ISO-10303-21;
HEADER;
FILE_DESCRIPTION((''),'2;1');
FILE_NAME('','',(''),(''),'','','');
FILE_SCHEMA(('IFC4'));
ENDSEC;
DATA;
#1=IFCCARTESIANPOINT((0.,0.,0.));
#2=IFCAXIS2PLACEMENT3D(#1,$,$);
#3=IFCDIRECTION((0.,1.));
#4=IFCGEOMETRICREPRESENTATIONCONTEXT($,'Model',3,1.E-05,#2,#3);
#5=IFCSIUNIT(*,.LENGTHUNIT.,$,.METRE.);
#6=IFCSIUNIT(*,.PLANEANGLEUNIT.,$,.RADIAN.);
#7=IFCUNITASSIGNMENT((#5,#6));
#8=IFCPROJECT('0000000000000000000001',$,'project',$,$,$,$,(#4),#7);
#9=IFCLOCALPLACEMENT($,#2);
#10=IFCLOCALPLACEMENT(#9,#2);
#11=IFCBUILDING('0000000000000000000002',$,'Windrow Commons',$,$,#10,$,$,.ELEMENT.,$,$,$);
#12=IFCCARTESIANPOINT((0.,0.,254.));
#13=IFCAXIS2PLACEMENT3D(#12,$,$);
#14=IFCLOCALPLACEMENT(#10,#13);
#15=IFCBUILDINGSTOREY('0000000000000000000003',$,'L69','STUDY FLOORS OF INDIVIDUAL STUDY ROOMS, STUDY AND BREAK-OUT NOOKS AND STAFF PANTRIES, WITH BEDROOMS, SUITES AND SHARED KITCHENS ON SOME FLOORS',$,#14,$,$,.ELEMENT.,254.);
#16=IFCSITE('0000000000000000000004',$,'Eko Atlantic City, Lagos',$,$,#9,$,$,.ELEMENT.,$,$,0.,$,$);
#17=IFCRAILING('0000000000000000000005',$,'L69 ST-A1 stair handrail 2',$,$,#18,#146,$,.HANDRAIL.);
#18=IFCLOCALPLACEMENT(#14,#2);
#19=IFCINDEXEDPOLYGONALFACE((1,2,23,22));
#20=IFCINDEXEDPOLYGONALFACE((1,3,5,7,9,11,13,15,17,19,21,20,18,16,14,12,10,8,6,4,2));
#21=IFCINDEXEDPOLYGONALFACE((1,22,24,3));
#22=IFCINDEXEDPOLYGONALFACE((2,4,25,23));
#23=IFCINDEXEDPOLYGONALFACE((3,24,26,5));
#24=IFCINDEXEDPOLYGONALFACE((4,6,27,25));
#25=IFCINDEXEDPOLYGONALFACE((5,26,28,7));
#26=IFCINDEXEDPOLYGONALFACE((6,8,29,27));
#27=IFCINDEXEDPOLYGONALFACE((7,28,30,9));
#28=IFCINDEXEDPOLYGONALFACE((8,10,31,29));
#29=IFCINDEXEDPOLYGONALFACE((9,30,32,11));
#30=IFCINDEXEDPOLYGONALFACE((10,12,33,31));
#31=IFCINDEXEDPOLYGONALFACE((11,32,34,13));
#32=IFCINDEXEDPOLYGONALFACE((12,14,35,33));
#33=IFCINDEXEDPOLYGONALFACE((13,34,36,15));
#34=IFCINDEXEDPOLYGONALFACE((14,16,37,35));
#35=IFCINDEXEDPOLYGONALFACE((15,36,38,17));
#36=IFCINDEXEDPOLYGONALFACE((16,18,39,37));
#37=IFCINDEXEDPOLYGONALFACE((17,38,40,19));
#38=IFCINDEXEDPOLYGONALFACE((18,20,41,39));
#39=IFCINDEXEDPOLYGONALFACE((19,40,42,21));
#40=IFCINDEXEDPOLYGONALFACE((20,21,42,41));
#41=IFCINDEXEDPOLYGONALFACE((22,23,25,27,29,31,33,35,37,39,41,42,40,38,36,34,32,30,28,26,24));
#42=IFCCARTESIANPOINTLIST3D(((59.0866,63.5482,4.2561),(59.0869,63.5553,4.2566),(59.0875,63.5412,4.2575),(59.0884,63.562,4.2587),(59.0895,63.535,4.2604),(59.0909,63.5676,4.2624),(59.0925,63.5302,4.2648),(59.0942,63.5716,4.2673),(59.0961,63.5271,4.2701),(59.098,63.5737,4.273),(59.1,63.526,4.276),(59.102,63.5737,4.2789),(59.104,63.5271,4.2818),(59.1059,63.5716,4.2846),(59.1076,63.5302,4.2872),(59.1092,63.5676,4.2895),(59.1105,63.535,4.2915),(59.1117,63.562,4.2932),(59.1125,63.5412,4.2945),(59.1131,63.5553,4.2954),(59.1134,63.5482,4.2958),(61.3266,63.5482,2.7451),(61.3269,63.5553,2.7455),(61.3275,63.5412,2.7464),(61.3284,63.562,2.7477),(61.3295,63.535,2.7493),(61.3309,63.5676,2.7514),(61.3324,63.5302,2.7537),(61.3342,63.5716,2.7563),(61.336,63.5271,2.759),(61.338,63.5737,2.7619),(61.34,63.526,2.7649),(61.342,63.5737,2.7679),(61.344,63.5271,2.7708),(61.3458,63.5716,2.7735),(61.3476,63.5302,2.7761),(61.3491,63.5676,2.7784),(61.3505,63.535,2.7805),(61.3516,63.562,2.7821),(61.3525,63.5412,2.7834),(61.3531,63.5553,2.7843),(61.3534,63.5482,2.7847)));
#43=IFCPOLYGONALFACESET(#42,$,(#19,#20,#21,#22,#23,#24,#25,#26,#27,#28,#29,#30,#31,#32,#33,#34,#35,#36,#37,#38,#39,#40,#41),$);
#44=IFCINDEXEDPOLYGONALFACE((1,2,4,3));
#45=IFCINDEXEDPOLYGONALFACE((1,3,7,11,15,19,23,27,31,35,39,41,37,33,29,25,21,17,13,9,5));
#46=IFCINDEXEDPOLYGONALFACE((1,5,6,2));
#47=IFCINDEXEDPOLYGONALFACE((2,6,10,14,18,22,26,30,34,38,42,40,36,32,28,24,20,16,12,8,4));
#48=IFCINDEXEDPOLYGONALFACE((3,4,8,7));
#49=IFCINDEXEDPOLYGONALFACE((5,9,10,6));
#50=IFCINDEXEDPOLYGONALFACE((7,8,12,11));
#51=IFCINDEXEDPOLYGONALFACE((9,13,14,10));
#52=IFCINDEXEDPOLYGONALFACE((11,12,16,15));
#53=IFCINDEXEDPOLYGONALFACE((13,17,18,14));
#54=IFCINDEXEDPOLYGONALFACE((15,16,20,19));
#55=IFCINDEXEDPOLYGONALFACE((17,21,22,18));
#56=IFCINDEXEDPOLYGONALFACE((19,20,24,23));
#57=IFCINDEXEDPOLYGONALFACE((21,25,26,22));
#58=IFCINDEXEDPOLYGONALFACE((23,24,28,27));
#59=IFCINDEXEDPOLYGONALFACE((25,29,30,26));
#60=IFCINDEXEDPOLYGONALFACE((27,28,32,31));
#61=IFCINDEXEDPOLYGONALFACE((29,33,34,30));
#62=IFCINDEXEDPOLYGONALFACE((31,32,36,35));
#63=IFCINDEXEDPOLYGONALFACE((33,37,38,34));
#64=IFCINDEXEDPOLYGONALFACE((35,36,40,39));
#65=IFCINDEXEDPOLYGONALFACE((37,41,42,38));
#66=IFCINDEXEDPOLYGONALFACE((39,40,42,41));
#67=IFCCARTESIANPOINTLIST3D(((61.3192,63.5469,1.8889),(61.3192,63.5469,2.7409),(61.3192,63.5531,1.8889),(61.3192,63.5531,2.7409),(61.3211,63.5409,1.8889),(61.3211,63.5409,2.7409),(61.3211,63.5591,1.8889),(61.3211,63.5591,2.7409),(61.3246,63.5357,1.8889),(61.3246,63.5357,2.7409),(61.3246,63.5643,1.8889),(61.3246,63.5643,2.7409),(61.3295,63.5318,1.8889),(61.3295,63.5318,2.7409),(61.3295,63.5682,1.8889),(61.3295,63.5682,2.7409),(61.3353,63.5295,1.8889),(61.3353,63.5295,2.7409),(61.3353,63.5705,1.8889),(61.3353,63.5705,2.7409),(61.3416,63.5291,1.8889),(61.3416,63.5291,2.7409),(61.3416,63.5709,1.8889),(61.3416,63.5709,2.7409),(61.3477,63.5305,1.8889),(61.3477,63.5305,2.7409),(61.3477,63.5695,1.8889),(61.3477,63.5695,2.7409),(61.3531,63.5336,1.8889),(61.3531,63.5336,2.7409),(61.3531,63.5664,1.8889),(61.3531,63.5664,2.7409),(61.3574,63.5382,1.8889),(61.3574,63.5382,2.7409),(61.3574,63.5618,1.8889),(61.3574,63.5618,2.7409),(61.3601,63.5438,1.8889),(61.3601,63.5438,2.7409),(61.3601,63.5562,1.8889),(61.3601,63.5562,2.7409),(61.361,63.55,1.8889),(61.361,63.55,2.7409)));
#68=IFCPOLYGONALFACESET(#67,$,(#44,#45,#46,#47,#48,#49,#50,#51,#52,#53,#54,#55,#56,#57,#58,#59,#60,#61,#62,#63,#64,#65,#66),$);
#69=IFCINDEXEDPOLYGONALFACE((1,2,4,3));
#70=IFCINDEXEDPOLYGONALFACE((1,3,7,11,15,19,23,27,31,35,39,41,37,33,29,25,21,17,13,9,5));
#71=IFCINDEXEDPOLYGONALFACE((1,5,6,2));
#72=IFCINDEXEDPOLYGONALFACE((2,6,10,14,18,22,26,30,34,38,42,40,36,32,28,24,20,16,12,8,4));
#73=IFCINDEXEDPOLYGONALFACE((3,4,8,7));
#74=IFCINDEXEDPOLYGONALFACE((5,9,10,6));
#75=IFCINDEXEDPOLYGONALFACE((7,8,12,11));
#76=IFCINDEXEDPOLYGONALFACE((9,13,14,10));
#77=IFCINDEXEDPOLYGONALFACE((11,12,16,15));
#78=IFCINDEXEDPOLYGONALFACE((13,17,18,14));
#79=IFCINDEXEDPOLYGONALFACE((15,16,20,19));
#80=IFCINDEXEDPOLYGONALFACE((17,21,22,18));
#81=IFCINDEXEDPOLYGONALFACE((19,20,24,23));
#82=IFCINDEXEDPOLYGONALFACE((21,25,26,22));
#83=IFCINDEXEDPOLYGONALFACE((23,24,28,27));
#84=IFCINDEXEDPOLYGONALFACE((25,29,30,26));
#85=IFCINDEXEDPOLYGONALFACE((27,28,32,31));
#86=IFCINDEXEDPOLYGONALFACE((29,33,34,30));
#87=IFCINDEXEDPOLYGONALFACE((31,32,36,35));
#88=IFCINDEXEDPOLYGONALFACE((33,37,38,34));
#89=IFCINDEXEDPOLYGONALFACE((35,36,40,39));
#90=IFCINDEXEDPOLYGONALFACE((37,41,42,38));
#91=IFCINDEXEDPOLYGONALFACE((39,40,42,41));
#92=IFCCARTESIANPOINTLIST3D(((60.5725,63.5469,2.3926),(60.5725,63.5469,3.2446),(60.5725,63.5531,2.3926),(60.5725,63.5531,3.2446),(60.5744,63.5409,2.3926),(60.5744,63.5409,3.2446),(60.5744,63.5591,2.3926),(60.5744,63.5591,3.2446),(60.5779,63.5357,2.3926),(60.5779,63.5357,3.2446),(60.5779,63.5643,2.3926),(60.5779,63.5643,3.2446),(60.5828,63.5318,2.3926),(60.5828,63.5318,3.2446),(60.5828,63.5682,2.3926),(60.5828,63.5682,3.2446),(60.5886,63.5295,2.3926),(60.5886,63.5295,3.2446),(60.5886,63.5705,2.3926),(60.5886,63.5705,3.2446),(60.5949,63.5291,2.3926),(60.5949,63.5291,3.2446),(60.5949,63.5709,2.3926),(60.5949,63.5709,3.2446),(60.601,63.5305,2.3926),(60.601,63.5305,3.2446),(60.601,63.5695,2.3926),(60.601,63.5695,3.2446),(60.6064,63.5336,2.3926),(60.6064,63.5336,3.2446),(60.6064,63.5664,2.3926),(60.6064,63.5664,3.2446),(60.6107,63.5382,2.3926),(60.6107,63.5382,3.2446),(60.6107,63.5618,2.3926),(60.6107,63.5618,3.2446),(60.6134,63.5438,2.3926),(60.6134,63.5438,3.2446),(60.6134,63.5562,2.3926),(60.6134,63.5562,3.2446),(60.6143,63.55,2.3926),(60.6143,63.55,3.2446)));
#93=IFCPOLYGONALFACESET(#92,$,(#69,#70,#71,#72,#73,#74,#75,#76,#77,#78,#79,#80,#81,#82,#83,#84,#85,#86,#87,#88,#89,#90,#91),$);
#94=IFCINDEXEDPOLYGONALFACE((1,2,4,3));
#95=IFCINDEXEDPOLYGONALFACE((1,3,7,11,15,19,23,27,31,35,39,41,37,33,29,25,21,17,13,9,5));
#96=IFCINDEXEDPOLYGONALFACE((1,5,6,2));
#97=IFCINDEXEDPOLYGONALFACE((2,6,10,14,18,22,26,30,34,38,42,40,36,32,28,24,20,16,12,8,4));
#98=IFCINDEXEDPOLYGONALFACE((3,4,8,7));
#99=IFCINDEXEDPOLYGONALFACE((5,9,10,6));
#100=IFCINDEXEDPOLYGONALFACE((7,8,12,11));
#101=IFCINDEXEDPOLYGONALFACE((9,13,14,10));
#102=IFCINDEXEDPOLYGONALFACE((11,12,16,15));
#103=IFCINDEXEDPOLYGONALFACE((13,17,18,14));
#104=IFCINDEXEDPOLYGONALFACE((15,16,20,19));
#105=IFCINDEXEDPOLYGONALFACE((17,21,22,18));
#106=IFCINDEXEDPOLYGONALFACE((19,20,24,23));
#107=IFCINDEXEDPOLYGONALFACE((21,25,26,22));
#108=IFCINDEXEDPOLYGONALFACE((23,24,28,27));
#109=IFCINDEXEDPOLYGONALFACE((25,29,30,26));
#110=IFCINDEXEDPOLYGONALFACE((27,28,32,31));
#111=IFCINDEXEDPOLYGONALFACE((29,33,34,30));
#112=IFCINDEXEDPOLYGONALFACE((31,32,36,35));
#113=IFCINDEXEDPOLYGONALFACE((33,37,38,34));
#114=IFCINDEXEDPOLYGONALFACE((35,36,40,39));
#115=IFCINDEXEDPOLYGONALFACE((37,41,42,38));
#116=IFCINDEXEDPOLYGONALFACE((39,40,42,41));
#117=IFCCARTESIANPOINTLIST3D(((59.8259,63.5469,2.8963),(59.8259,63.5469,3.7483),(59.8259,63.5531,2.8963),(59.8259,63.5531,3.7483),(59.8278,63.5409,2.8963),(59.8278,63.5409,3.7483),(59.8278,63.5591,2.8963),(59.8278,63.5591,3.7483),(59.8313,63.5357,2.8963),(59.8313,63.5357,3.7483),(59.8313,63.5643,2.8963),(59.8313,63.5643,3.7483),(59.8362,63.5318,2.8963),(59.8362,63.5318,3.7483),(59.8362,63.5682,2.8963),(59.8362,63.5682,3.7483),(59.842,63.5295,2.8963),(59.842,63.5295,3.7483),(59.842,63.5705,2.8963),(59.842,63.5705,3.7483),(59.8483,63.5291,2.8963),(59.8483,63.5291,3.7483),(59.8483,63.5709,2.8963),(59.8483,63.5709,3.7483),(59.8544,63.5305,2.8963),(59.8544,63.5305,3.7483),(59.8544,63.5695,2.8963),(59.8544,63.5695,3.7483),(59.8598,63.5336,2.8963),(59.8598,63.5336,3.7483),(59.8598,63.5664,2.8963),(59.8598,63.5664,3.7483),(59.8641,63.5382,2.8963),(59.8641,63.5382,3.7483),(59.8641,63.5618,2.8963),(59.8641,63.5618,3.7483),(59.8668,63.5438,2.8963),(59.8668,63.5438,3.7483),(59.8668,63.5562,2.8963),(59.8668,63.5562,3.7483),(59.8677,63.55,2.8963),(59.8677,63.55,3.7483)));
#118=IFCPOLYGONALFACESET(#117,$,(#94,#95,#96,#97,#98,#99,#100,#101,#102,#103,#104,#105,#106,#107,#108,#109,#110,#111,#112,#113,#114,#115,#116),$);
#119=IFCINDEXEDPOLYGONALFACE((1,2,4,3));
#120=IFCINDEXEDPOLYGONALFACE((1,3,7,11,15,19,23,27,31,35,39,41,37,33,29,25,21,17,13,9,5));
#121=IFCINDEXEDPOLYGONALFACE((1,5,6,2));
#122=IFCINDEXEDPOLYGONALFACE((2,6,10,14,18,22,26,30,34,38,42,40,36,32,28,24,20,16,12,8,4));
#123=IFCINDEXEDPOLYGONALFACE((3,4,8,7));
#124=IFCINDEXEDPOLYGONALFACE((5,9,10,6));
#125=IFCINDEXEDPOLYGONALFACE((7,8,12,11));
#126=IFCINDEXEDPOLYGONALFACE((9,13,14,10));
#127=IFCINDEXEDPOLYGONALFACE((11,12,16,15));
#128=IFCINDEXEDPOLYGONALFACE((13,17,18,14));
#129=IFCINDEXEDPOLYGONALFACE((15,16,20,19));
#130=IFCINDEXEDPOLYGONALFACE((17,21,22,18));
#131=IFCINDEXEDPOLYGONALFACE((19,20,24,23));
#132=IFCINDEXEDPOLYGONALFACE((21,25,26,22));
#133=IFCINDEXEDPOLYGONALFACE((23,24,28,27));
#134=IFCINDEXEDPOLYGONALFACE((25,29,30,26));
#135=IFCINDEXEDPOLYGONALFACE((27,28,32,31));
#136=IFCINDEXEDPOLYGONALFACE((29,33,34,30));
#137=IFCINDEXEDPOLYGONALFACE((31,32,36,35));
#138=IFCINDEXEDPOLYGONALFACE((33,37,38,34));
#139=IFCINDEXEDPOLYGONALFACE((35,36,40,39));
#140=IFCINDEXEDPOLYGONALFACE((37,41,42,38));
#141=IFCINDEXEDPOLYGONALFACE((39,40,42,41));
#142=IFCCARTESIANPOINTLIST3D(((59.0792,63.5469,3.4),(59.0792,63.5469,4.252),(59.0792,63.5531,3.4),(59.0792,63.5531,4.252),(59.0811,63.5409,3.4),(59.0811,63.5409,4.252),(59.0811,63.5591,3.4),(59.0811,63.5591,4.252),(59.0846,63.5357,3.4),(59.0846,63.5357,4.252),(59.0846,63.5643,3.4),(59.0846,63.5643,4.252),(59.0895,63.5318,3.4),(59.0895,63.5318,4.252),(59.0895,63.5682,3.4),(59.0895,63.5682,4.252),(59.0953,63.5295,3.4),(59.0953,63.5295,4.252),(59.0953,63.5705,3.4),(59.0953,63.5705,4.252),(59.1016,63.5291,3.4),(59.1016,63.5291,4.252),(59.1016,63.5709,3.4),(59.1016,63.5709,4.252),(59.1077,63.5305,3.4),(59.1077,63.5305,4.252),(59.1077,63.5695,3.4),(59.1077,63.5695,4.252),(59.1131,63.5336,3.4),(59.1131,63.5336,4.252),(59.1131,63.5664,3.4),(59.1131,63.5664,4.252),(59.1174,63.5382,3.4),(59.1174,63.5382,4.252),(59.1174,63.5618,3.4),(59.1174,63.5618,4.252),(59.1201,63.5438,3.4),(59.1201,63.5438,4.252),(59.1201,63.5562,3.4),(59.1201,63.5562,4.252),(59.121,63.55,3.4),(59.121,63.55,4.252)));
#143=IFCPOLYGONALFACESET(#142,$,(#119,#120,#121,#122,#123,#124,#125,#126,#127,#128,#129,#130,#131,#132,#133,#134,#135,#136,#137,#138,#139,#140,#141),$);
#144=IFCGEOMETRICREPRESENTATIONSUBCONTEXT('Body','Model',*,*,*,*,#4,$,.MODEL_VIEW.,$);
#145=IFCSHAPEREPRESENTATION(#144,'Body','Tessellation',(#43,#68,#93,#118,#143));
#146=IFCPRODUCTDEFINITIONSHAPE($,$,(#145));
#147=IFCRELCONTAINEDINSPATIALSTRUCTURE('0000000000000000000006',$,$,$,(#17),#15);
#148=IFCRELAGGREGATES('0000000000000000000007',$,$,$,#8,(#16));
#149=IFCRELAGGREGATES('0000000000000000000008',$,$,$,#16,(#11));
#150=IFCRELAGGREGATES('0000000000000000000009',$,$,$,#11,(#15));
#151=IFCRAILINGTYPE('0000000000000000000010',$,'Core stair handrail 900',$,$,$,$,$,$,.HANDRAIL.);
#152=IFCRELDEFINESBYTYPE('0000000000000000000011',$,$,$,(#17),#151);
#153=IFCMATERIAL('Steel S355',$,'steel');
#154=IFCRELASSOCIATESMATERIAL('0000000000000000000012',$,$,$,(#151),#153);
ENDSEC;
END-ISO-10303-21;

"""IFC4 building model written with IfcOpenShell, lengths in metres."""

from ifc_helpers import new_model, si_unit, direction, frame, origin, origin_2d, place, context, subcontext, project, spatial, circle, extrude, material, type_object, element, save


model = new_model("IFC4")

# Units and contexts
model_context = context("Model", 3, precision=1e-05, world=origin(), true_north=direction((0.0, 1.0)))
body_context = subcontext(model_context, "Body", "Model", "MODEL_VIEW")
ifc_project = project(units=[si_unit("LENGTHUNIT", "METRE"), si_unit("PLANEANGLEUNIT", "RADIAN")], contexts=[model_context])

# Site, building, storey
site_placement = place(None, origin())
site = spatial("IfcSite", under=ifc_project, at=site_placement, Name="Eko Atlantic City, Lagos", CompositionType="ELEMENT", RefElevation=0.0)
building_placement = place(site_placement, origin())
building = spatial("IfcBuilding", under=site, at=building_placement, Name="Windrow Commons", CompositionType="ELEMENT")
storey_placement = place(building_placement, frame((0.0, 0.0, 254.0)))
storey = spatial("IfcBuildingStorey", under=building, at=storey_placement, Name="L69", Description="STUDY FLOORS OF INDIVIDUAL STUDY ROOMS, STUDY AND BREAK-OUT NOOKS AND STAFF PANTRIES, WITH BEDROOMS, SUITES AND SHARED KITCHENS ON SOME FLOORS", CompositionType="ELEMENT", Elevation=254.0)

# Railing
ifc_material_1 = material(Name="Steel S355", Category="steel")
railing_type_1 = type_object("IfcRailingType", Name="Core stair handrail 900", PredefinedType="HANDRAIL", material=ifc_material_1)
railing_1_placement = place(storey_placement, frame((61.34, 63.55, 1.8889)))
element("IfcRailing", 1, at=railing_1_placement, inside=storey, type_object=railing_type_1, Name="L69 ST-A1 stair handrail 2", PredefinedType="HANDRAIL", context=body_context, shape_type="SweptSolid", body=[
    extrude(circle(Radius=0.024, at=origin_2d()), frame((0.0, 0.0, 0.876), z_axis=(-0.829003, 0.0, 0.559244), x_axis=(0.0, -1.0, 0.0)), (0.0, 0.0, 1.0), 2.702),
    extrude(circle(Radius=0.021, at=origin_2d()), origin(), (0.0, 0.0, 1.0), 0.852),
    extrude(circle(Radius=0.021, at=origin_2d()), frame((-0.7467, 0.0, 0.5037)), (0.0, 0.0, 1.0), 0.852),
    extrude(circle(Radius=0.021, at=origin_2d()), frame((-1.4933, 0.0, 1.0074)), (0.0, 0.0, 1.0), 0.852),
    extrude(circle(Radius=0.021, at=origin_2d()), frame((-2.24, 0.0, 1.5111)), (0.0, 0.0, 1.0), 0.852),
])

save(model, "model.ifc")
